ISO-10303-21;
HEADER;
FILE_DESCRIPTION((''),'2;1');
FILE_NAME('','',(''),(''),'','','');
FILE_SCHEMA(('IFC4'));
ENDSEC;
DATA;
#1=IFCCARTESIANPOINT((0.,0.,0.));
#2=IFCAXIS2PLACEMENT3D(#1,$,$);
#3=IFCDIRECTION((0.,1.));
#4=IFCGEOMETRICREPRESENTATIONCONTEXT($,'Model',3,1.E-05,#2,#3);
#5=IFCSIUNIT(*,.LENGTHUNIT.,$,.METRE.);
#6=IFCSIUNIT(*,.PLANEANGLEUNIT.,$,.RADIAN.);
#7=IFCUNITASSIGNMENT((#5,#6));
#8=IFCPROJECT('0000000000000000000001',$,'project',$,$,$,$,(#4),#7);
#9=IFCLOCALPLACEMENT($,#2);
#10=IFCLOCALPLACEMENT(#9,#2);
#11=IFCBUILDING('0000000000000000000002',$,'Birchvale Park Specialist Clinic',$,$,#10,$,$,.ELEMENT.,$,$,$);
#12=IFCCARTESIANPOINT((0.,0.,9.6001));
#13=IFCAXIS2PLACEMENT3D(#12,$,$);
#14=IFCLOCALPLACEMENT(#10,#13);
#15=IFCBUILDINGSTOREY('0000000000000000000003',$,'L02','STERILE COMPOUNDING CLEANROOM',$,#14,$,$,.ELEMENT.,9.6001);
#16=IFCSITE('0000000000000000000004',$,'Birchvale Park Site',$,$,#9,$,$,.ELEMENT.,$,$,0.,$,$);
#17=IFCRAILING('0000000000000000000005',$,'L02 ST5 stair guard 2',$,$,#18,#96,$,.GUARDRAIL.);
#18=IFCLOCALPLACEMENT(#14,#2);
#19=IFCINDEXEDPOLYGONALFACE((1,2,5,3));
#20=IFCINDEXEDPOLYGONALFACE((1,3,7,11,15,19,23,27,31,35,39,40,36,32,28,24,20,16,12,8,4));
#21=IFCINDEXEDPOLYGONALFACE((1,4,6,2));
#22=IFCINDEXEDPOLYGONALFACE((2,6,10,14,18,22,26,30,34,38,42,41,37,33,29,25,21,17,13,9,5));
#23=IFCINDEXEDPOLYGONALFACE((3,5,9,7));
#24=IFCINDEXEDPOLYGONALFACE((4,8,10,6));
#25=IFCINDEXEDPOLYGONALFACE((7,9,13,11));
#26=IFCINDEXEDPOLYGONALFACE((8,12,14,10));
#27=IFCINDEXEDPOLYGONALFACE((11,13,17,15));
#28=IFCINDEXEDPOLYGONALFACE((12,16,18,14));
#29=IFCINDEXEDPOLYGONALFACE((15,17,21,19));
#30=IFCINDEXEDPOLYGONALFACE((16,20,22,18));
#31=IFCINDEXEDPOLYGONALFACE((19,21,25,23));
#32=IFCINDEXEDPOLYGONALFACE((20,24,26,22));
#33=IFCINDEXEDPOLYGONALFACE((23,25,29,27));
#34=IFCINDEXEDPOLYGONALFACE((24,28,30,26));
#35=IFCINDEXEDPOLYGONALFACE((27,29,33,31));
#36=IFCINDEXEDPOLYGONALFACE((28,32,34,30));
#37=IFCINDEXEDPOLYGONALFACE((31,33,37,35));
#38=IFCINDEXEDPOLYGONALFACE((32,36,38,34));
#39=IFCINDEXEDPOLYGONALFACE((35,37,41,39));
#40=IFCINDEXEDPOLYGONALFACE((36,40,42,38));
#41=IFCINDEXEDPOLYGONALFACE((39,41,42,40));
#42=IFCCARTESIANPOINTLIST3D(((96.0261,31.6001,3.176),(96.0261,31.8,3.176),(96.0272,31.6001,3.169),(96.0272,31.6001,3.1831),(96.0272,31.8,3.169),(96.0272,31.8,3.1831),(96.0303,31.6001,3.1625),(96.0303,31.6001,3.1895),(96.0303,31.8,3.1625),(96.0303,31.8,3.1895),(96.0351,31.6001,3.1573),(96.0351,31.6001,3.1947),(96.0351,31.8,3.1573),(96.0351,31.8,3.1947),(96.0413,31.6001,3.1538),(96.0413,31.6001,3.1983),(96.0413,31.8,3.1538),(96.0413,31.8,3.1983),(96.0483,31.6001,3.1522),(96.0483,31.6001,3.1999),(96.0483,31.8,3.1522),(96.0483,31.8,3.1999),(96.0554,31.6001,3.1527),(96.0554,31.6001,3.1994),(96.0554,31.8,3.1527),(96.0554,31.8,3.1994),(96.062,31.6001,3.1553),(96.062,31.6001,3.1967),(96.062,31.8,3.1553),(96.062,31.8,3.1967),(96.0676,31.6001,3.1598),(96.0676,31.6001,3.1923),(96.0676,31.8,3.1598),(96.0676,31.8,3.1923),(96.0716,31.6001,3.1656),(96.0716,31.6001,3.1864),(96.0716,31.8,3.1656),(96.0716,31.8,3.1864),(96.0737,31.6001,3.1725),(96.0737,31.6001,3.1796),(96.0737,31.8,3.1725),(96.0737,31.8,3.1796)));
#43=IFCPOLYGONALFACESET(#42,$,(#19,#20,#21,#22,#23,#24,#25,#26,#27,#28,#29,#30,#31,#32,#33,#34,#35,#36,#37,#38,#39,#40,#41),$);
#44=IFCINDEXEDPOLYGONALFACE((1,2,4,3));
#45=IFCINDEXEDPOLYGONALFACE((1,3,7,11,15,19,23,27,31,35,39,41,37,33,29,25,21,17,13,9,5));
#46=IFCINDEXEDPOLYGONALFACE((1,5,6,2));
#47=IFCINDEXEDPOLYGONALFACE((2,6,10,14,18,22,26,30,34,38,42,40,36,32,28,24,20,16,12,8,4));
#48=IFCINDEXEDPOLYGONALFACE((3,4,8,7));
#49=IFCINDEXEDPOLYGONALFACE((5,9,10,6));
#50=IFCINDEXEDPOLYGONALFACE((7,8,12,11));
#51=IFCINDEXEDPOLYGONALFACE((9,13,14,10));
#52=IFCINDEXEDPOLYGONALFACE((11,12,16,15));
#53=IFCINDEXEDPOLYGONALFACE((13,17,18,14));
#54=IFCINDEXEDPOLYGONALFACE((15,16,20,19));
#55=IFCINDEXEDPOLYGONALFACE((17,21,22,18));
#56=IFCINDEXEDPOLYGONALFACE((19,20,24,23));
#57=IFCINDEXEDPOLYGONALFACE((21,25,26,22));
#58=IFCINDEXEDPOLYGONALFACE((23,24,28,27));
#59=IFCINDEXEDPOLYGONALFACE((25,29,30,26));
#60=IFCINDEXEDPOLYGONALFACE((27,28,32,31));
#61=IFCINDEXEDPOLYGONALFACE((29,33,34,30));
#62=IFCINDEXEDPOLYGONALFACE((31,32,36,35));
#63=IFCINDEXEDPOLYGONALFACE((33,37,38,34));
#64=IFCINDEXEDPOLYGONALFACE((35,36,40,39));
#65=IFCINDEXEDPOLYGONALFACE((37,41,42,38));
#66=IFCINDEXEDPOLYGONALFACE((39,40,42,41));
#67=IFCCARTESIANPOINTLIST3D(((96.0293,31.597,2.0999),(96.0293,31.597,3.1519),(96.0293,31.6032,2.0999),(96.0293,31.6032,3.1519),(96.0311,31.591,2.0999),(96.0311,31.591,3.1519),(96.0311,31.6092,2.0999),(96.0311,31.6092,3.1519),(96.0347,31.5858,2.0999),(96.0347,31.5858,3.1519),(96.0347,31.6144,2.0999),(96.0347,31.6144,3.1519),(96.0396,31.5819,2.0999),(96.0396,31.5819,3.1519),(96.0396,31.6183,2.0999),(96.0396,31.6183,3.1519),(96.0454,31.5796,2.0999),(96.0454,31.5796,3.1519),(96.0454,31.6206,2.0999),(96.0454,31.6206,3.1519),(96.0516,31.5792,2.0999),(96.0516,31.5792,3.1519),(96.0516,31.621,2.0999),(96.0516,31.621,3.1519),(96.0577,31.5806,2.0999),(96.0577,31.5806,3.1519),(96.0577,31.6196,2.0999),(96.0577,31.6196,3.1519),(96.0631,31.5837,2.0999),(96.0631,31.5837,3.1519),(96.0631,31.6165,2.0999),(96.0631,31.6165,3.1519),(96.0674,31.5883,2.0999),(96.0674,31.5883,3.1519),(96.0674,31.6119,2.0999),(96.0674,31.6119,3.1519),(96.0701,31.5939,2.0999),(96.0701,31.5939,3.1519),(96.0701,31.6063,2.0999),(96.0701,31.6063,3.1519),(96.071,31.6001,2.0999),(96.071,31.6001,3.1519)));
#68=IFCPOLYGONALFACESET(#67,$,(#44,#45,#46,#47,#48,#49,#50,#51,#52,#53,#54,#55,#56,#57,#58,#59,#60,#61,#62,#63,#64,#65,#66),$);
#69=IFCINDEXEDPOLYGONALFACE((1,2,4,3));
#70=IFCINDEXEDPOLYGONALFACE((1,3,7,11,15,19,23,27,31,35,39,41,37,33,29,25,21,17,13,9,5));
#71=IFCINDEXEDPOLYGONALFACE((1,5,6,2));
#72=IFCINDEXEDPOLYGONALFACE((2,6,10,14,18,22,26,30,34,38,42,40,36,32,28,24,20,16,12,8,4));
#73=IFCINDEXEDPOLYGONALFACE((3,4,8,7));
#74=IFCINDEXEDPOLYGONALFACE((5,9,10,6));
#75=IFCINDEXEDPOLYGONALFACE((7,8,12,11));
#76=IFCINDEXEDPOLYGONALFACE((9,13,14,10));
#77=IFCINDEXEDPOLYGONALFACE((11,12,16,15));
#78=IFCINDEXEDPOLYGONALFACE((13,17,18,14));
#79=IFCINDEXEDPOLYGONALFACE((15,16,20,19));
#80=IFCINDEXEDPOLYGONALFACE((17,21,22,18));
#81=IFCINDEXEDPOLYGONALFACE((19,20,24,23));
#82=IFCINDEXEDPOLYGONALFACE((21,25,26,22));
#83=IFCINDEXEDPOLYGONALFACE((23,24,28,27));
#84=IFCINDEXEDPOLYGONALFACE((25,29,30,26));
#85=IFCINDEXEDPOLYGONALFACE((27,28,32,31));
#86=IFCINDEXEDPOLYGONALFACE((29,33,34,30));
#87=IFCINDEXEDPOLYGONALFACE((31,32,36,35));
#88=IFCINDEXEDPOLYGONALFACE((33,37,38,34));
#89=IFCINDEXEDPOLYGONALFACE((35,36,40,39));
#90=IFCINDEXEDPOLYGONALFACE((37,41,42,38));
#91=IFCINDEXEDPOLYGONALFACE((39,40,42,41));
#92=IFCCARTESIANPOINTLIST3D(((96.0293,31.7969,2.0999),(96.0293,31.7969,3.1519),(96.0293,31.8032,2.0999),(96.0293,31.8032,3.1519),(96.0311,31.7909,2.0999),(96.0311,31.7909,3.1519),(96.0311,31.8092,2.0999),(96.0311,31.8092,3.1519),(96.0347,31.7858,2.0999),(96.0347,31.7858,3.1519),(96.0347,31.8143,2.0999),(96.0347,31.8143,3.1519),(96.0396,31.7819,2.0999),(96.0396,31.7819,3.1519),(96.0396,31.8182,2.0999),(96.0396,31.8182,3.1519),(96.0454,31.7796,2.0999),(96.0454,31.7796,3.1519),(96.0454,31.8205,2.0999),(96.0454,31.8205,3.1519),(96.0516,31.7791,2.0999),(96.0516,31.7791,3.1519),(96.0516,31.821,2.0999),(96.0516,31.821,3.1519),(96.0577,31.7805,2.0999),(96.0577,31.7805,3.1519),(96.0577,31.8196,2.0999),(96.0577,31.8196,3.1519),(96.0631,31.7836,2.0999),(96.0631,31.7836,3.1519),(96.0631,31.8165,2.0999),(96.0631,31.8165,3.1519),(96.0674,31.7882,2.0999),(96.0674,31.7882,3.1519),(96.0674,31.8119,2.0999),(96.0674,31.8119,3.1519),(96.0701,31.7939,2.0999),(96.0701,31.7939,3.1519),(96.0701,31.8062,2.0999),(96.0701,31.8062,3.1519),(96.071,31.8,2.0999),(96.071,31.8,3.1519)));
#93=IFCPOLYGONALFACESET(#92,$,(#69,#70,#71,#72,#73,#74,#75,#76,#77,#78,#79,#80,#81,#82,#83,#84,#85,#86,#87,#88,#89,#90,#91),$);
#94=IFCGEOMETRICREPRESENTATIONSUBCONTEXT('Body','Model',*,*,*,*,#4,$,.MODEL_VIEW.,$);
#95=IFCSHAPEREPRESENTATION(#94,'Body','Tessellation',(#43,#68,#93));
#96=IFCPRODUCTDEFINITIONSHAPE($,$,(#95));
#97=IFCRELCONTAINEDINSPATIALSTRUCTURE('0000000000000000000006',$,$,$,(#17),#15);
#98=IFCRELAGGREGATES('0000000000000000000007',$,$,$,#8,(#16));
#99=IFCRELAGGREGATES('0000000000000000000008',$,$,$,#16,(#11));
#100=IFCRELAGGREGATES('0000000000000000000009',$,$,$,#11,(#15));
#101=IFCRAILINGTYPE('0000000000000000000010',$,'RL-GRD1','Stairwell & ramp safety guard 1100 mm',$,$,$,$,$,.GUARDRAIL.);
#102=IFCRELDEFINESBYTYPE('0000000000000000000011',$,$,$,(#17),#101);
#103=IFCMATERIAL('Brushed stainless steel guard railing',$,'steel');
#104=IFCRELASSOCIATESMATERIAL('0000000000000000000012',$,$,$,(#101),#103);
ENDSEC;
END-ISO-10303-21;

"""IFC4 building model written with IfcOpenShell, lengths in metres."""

from ifc_helpers import new_model, si_unit, direction, frame, origin, origin_2d, place, context, subcontext, project, spatial, circle, extrude, material, type_object, element, save


model = new_model("IFC4")

# Units and contexts
model_context = context("Model", 3, precision=1e-05, world=origin(), true_north=direction((0.0, 1.0)))
body_context = subcontext(model_context, "Body", "Model", "MODEL_VIEW")
ifc_project = project(units=[si_unit("LENGTHUNIT", "METRE"), si_unit("PLANEANGLEUNIT", "RADIAN")], contexts=[model_context])

# Site, building, storey
site_placement = place(None, origin())
site = spatial("IfcSite", under=ifc_project, at=site_placement, Name="Birchvale Park Site", CompositionType="ELEMENT", RefElevation=0.0)
building_placement = place(site_placement, origin())
building = spatial("IfcBuilding", under=site, at=building_placement, Name="Birchvale Park Specialist Clinic", CompositionType="ELEMENT")
storey_placement = place(building_placement, frame((0.0, 0.0, 9.6001)))
storey = spatial("IfcBuildingStorey", under=building, at=storey_placement, Name="L02", Description="STERILE COMPOUNDING CLEANROOM", CompositionType="ELEMENT", Elevation=9.6001)

# Railing
ifc_material_1 = material(Name="Brushed stainless steel guard railing", Category="steel")
railing_type_1 = type_object("IfcRailingType", Name="RL-GRD1", Description="Stairwell & ramp safety guard 1100 mm", PredefinedType="GUARDRAIL", material=ifc_material_1)
railing_1_placement = place(storey_placement, frame((96.05, 31.6001, 2.0999)))
element("IfcRailing", 1, at=railing_1_placement, inside=storey, type_object=railing_type_1, Name="L02 ST5 stair guard 2", PredefinedType="GUARDRAIL", context=body_context, shape_type="SweptSolid", body=[
    extrude(circle(Radius=0.0239, at=origin_2d()), frame((0.0, 0.0, 1.0762), z_axis=(0.0, 1.0, 0.0), x_axis=(-1.0, 0.0, 0.0)), (0.0, 0.0, 1.0), 0.2),
    extrude(circle(Radius=0.021, at=origin_2d()), origin(), (0.0, 0.0, 1.0), 1.052),
    extrude(circle(Radius=0.021, at=origin_2d()), frame((0.0, 0.2, 0.0)), (0.0, 0.0, 1.0), 1.052),
])

save(model, "model.ifc")
